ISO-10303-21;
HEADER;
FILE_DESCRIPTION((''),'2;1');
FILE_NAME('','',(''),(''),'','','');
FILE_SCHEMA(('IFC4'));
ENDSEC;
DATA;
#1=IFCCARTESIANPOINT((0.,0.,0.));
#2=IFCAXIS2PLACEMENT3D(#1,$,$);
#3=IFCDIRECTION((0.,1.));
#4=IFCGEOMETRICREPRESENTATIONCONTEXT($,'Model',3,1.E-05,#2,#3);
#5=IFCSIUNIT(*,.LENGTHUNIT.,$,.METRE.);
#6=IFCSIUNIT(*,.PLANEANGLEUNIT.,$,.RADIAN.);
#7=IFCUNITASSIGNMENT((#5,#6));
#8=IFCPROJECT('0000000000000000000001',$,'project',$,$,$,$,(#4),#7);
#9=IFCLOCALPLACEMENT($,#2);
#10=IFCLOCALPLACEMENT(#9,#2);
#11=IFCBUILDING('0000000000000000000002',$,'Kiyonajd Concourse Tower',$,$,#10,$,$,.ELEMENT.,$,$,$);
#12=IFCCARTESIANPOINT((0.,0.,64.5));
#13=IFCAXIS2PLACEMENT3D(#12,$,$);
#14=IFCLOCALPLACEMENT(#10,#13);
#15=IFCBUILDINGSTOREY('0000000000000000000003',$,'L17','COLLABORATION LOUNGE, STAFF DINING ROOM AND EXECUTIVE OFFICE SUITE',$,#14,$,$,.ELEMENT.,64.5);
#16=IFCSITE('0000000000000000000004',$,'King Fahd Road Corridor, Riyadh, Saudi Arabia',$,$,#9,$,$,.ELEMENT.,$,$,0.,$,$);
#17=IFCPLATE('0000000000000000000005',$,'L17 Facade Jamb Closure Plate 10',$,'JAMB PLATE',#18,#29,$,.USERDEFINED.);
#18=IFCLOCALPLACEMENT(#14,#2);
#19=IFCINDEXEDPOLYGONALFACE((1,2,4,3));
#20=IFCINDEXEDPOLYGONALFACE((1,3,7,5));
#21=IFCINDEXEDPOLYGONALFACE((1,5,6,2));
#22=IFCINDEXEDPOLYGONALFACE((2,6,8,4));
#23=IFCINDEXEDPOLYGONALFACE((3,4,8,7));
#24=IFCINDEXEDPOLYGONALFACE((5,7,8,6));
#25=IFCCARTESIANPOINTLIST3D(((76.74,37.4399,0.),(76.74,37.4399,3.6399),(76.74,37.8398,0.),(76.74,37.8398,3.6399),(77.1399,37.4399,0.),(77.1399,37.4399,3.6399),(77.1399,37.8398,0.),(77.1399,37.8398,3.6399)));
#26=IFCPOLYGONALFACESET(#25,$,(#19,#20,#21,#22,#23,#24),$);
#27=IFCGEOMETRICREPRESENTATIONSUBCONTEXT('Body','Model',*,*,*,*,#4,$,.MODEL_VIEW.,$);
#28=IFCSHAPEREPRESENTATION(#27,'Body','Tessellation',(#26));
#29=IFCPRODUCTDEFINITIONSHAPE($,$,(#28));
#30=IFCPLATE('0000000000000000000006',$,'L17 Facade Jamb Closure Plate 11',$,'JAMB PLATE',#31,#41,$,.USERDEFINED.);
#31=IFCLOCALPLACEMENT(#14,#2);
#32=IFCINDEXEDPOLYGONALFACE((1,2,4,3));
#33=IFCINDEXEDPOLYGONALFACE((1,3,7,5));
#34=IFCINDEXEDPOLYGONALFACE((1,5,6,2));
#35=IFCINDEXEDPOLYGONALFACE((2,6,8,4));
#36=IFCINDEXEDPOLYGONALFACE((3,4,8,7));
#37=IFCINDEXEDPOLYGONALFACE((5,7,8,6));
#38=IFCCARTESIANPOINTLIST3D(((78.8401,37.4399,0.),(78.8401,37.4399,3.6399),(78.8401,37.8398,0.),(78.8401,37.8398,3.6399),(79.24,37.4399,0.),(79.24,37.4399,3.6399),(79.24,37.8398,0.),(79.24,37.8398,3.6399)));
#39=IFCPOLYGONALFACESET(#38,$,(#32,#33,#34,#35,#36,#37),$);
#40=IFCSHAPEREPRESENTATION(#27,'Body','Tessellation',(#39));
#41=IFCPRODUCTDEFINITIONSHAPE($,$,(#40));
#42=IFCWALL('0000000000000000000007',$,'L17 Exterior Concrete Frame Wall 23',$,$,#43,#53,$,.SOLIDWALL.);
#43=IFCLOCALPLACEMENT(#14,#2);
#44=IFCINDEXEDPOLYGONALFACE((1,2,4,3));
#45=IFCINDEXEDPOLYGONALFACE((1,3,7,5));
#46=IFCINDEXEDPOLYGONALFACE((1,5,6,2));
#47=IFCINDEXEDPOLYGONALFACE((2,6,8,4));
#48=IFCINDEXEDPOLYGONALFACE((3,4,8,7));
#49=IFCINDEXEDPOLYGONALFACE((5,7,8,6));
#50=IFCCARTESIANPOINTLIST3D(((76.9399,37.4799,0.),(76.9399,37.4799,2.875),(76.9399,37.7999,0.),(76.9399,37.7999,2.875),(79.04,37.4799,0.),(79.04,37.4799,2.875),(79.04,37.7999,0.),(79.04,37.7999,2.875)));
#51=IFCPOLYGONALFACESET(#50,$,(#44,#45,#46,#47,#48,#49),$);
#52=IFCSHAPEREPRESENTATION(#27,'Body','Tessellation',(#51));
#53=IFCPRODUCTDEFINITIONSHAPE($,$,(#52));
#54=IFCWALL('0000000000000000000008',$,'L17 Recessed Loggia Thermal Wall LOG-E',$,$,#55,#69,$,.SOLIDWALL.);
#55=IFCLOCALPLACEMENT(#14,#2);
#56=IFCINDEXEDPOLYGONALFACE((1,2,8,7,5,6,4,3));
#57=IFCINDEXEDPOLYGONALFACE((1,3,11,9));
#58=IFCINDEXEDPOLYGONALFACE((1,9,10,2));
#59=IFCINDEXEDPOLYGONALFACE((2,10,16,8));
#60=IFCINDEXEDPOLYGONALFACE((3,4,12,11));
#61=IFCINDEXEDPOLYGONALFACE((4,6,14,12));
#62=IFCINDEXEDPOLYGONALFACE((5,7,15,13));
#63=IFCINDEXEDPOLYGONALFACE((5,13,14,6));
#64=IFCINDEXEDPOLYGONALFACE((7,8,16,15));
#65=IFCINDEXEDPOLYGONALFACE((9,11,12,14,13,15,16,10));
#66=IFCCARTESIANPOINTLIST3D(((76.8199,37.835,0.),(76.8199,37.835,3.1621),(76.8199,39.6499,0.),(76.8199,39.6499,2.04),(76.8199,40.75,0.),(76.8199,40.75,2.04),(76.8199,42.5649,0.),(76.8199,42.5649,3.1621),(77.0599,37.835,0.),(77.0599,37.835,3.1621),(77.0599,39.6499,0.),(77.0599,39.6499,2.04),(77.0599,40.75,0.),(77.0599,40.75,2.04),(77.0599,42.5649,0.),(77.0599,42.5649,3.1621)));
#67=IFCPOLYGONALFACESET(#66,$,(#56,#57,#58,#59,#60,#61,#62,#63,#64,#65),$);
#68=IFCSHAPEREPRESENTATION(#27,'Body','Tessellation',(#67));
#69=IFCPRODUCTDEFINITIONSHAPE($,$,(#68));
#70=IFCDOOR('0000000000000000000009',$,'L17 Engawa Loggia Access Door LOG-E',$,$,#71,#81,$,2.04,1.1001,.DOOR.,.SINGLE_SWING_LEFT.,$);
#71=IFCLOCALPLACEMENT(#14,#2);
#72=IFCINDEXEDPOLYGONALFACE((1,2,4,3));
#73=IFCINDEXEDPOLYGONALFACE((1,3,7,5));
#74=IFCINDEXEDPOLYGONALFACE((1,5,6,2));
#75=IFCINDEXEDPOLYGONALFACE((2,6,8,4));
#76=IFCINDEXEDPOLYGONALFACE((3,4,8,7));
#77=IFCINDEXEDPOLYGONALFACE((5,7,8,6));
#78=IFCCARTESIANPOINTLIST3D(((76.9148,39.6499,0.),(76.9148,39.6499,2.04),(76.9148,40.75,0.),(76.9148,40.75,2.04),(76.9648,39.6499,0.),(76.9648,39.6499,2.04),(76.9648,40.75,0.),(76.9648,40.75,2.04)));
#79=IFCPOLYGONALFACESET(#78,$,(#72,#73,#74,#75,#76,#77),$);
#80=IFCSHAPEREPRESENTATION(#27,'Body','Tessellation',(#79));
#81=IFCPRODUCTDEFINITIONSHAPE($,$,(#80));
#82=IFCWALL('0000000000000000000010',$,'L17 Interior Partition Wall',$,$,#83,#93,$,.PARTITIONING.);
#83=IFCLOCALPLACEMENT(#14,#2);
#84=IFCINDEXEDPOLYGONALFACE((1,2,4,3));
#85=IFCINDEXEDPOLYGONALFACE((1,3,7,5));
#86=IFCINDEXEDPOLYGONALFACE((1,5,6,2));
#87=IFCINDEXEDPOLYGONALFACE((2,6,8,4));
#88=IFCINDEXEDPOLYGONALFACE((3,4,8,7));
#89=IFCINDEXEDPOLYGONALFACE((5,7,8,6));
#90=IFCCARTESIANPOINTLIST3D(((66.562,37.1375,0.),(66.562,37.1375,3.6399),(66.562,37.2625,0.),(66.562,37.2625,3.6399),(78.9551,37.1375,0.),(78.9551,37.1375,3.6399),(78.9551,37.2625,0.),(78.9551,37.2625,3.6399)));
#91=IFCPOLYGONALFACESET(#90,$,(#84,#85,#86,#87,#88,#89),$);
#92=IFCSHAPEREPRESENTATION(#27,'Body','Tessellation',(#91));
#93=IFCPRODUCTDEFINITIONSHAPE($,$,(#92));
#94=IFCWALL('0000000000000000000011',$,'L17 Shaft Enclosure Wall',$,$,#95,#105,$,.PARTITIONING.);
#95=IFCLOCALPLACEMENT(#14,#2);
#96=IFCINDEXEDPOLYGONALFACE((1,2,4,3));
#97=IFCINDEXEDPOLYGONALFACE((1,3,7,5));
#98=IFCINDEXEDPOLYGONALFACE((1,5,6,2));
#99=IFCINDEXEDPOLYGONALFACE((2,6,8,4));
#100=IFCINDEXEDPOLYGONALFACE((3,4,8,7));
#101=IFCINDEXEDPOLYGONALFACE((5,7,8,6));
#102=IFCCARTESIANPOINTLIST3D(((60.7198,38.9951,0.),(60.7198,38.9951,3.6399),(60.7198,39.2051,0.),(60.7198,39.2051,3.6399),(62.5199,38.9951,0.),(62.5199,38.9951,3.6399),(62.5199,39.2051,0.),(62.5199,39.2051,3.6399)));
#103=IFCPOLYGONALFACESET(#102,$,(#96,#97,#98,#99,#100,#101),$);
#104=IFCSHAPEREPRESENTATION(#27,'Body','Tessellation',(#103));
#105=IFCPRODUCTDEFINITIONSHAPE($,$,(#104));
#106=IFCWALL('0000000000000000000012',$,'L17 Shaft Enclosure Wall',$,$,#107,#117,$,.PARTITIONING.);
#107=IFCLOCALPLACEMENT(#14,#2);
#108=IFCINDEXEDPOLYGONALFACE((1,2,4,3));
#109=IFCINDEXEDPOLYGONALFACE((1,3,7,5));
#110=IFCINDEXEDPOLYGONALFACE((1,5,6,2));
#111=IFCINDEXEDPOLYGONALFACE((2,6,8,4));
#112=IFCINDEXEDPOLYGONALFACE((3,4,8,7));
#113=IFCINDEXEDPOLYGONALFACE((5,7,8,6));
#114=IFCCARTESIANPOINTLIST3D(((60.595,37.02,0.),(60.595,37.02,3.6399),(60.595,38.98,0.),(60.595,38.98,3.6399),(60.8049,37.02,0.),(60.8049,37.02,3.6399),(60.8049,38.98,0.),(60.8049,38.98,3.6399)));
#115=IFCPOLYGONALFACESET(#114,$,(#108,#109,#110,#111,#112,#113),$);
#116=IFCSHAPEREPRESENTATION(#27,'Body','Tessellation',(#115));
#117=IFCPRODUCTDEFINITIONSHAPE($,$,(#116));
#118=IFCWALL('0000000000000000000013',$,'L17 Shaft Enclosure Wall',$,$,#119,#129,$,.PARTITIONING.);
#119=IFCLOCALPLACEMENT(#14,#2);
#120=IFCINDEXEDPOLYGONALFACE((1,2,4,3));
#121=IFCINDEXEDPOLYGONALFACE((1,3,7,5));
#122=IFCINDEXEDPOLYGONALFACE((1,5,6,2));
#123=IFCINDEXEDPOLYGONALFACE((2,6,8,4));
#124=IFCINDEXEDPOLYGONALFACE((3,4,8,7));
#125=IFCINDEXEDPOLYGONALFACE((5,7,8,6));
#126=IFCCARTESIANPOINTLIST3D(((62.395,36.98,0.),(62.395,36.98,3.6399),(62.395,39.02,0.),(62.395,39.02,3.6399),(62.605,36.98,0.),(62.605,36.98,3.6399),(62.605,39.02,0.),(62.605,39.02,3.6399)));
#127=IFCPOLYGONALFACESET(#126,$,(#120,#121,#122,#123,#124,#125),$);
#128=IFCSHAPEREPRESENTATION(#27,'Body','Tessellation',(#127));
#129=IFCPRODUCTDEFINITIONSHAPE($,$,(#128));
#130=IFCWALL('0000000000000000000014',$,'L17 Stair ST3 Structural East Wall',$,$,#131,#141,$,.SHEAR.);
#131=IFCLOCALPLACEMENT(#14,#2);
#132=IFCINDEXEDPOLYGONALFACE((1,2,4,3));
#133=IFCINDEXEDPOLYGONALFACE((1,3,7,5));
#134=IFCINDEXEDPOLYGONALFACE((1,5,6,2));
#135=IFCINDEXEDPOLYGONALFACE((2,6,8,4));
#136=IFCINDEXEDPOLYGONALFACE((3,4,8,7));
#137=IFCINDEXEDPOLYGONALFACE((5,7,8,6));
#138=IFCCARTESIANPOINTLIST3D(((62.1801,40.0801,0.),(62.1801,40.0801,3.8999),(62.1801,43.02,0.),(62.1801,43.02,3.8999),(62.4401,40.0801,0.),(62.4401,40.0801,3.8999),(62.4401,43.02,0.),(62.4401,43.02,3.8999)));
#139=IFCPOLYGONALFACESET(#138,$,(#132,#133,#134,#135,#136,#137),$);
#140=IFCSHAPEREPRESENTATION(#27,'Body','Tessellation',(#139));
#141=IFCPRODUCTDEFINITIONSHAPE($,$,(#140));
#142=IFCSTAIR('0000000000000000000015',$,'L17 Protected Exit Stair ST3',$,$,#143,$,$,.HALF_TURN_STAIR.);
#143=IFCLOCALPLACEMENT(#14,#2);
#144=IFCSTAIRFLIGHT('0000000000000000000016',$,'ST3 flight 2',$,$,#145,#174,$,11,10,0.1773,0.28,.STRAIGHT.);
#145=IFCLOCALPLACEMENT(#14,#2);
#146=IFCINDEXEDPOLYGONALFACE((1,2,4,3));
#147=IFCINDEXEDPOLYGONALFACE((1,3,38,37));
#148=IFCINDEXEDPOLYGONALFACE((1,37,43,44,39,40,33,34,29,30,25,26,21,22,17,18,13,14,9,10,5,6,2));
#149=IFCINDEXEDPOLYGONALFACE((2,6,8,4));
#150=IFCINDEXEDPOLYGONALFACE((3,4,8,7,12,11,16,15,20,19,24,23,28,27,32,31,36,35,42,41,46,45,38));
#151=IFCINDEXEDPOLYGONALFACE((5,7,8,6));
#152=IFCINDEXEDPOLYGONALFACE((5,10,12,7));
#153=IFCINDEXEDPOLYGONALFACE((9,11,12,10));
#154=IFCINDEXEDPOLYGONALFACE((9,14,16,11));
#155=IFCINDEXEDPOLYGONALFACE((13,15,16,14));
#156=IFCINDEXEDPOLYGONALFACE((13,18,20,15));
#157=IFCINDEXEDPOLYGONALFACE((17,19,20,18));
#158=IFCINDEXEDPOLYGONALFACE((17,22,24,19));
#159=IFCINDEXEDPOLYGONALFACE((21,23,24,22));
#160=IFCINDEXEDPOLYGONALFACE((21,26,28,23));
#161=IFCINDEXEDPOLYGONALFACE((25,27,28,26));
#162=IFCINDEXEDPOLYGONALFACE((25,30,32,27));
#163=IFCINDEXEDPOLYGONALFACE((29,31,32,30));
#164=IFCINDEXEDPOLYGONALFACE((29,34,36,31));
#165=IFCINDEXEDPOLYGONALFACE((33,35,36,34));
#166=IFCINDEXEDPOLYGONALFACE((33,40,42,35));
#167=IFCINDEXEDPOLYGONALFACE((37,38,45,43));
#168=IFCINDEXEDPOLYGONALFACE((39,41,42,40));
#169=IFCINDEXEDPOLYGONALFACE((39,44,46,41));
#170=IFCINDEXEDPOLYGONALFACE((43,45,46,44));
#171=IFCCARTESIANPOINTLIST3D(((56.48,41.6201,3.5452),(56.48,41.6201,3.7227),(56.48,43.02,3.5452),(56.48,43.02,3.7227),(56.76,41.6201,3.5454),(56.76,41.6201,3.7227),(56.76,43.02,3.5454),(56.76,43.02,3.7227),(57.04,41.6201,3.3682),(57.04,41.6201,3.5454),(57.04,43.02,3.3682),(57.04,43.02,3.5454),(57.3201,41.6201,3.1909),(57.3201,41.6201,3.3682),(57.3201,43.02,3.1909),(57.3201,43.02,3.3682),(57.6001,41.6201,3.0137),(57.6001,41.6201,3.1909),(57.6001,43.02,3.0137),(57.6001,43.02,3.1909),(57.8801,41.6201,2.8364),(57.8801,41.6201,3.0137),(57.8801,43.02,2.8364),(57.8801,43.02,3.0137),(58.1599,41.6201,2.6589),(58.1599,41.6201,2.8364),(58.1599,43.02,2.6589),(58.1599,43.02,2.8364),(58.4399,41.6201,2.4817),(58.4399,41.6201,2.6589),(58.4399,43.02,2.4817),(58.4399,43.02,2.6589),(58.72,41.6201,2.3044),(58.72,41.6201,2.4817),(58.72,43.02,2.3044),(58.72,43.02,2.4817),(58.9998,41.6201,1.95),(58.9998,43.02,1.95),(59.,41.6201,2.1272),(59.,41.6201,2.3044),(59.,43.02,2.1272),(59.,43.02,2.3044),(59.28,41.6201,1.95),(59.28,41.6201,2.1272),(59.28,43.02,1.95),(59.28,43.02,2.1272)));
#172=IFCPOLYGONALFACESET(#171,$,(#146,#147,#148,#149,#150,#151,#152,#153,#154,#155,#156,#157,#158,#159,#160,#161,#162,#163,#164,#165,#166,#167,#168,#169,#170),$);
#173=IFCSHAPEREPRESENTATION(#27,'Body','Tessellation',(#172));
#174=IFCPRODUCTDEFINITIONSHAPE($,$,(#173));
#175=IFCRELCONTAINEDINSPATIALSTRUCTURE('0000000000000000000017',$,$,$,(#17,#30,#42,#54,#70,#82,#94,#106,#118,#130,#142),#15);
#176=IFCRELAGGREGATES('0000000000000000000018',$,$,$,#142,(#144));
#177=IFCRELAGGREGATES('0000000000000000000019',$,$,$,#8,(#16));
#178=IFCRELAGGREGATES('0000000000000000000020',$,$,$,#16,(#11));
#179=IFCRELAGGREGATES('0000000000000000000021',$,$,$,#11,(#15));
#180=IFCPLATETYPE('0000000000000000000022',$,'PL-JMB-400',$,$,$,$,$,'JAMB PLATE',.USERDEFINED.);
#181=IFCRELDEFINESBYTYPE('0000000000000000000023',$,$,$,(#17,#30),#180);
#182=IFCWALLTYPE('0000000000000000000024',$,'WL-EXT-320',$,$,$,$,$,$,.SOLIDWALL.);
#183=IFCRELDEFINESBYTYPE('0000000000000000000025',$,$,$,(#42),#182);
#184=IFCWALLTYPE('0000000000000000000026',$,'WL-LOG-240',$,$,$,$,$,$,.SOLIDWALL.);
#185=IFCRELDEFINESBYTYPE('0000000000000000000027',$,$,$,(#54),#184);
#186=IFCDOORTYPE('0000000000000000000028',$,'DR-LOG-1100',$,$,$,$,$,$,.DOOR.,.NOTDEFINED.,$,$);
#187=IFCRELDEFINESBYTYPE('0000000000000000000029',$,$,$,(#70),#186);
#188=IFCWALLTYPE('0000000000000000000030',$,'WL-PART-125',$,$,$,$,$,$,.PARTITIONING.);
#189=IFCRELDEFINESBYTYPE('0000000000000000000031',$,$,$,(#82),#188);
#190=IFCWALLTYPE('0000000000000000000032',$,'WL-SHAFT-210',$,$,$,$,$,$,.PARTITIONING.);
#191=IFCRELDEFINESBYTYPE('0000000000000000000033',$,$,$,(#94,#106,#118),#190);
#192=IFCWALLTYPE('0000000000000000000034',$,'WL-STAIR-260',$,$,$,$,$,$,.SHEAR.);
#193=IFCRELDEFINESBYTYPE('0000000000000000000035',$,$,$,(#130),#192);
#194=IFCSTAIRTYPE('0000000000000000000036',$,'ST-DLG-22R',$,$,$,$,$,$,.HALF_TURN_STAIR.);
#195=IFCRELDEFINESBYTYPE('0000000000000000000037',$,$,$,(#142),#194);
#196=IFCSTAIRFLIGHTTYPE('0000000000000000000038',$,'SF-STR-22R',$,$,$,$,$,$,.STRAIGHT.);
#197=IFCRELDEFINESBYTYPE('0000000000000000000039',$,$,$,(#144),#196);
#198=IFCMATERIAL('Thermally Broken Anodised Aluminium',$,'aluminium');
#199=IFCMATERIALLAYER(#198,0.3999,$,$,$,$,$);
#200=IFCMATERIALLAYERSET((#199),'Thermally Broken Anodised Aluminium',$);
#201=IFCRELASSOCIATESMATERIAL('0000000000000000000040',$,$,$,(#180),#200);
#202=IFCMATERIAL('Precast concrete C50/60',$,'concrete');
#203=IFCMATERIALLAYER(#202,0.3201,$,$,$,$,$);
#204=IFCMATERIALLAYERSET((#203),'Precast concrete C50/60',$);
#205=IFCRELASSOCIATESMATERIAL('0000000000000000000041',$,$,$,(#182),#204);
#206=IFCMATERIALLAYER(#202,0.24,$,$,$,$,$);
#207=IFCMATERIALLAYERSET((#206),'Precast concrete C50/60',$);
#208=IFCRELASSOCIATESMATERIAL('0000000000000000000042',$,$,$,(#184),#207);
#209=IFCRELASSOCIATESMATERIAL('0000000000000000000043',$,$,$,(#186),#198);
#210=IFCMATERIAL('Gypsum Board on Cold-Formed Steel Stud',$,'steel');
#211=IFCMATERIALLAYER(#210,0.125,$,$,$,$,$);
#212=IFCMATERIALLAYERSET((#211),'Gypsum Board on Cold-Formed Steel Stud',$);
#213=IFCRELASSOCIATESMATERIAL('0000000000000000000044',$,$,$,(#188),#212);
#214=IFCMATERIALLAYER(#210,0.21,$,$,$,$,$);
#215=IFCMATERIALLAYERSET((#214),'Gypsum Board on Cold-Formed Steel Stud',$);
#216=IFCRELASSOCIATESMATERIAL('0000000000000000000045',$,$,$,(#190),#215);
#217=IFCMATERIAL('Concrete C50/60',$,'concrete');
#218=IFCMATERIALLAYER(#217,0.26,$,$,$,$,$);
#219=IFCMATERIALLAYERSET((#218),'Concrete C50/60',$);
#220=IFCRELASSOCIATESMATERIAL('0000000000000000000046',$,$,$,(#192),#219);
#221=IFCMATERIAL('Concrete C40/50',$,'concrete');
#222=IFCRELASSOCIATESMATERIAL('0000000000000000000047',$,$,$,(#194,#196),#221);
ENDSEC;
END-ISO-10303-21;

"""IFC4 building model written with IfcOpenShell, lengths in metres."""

from ifc_helpers import new_model, si_unit, direction, frame, frame_2d, origin, origin_2d, place, context, subcontext, project, spatial, polyline, rectangle, outline, extrude, material, layer, layer_set, type_object, element, fill, aggregate, save


model = new_model("IFC4")

# Units and contexts
model_context = context("Model", 3, precision=1e-05, world=origin(), true_north=direction((0.0, 1.0)))
body_context = subcontext(model_context, "Body", "Model", "MODEL_VIEW")
ifc_project = project(units=[si_unit("LENGTHUNIT", "METRE"), si_unit("PLANEANGLEUNIT", "RADIAN")], contexts=[model_context])

# Site, building, storey
site_placement = place(None, origin())
site = spatial("IfcSite", under=ifc_project, at=site_placement, Name="King Fahd Road Corridor, Riyadh, Saudi Arabia", CompositionType="ELEMENT", RefElevation=0.0)
building_placement = place(site_placement, origin())
building = spatial("IfcBuilding", under=site, at=building_placement, Name="Kiyonajd Concourse Tower", CompositionType="ELEMENT")
storey_placement = place(building_placement, frame((0.0, 0.0, 64.5)))
storey = spatial("IfcBuildingStorey", under=building, at=storey_placement, Name="L17", Description="COLLABORATION LOUNGE, STAFF DINING ROOM AND EXECUTIVE OFFICE SUITE", CompositionType="ELEMENT", Elevation=64.5)

# Shared definitions
ifc_material_1 = material(Name="Precast concrete C50/60", Category="concrete")

# Shared definitions
ifc_material_2 = material(Name="Thermally Broken Anodised Aluminium", Category="aluminium")

# Plates
ifc_layer_1 = layer(ifc_material_2, 0.3999)
ifc_layer_set_1 = layer_set([ifc_layer_1], Name="Thermally Broken Anodised Aluminium")
plate_type_1 = type_object("IfcPlateType", Name="PL-JMB-400", ElementType="JAMB PLATE", PredefinedType="USERDEFINED", material=ifc_layer_set_1)
for number, where, z_axis, x_axis, name in (
    (1, (76.9399, 37.6399, 0.0), (0.0, 0.0, 1.0), (1.0, 0.0, 0.0), "L17 Facade Jamb Closure Plate 10"),
    (2, (79.04, 37.6399, 0.0), (0.0, 0.0, 1.0), (1.0, 0.0, 0.0), "L17 Facade Jamb Closure Plate 11"),
):
    element("IfcPlate", number, at=place(storey_placement, frame(where, z_axis=z_axis, x_axis=x_axis)), inside=storey, type_object=plate_type_1, Name=name, ObjectType="JAMB PLATE", PredefinedType="USERDEFINED", context=body_context, shape_type="SweptSolid", body=[
        extrude(rectangle(XDim=0.3999, YDim=0.3999, at=origin_2d()), origin(), (0.0, 0.0, 1.0), 3.6399),
    ])

# Wall
ifc_layer_2 = layer(ifc_material_1, 0.3201)
ifc_layer_set_2 = layer_set([ifc_layer_2], Name="Precast concrete C50/60")
wall_type_1 = type_object("IfcWallType", Name="WL-EXT-320", PredefinedType="SOLIDWALL", material=ifc_layer_set_2)
wall_1_placement = place(storey_placement, frame((76.9399, 37.6399, 0.0), z_axis=(0.0, 0.0, 1.0), x_axis=(1.0, 0.0, 0.0)))
element("IfcWall", 3, at=wall_1_placement, inside=storey, type_object=wall_type_1, Name="L17 Exterior Concrete Frame Wall 23", PredefinedType="SOLIDWALL", context=body_context, shape_type="SweptSolid", body=[
    extrude(rectangle(XDim=2.1001, YDim=0.3201, at=frame_2d((1.05, 0.0))), origin(), (0.0, 0.0, 1.0), 2.875),
])

# Wall, opening, door
ifc_layer_3 = layer(ifc_material_1, 0.24)
ifc_layer_set_3 = layer_set([ifc_layer_3], Name="Precast concrete C50/60")
wall_type_2 = type_object("IfcWallType", Name="WL-LOG-240", PredefinedType="SOLIDWALL", material=ifc_layer_set_3)
wall_2_placement = place(storey_placement, frame((76.9399, 42.5649, 0.0), z_axis=(0.0, 0.0, 1.0), x_axis=(0.0, -1.0, 0.0)))
wall_2 = element("IfcWall", 4, at=wall_2_placement, inside=storey, type_object=wall_type_2, Name="L17 Recessed Loggia Thermal Wall LOG-E", PredefinedType="SOLIDWALL", context=body_context, shape_type="SweptSolid", body=[
    extrude(rectangle(XDim=4.73, YDim=0.24, at=frame_2d((2.365, 0.0))), origin(), (0.0, 0.0, 1.0), 3.1621),
])
opening_placement = place(wall_2_placement, frame((1.8149, 0.0, 0.0)))
opening = element("IfcOpeningElement", 5, at=opening_placement, cuts=wall_2, PredefinedType="OPENING", context=body_context, shape_type="SweptSolid", body=[
    extrude(rectangle(XDim=1.1001, YDim=2.04, at=frame_2d((0.55, 1.02))), frame((0.0, 0.1299, 0.0), z_axis=(0.0, -1.0, 0.0), x_axis=(1.0, 0.0, 0.0)), (0.0, 0.0, 1.0), 0.26),
])
door_type = type_object("IfcDoorType", Name="DR-LOG-1100", OperationType="NOTDEFINED", PredefinedType="DOOR", material=ifc_material_2)
door_placement = place(opening_placement, origin())
door = element("IfcDoor", 6, at=door_placement, inside=storey, type_object=door_type, Name="L17 Engawa Loggia Access Door LOG-E", OperationType="SINGLE_SWING_LEFT", OverallHeight=2.04, OverallWidth=1.1001, PredefinedType="DOOR", context=body_context, shape_type="SweptSolid", body=[
    extrude(rectangle(XDim=1.1001, YDim=2.04, at=frame_2d((0.55, 1.02))), frame((0.0, 0.0249, 0.0), z_axis=(0.0, -1.0, 0.0), x_axis=(1.0, 0.0, 0.0)), (0.0, 0.0, 1.0), 0.05),
])
fill(opening, door)

# Walls
ifc_material_3 = material(Name="Gypsum Board on Cold-Formed Steel Stud", Category="steel")
ifc_layer_4 = layer(ifc_material_3, 0.125)
ifc_layer_set_4 = layer_set([ifc_layer_4], Name="Gypsum Board on Cold-Formed Steel Stud")
wall_type_3 = type_object("IfcWallType", Name="WL-PART-125", PredefinedType="PARTITIONING", material=ifc_layer_set_4)
wall_3_placement = place(storey_placement, frame((66.562, 37.2, 0.0), z_axis=(0.0, 0.0, 1.0), x_axis=(1.0, 0.0, 0.0)))
element("IfcWall", 7, at=wall_3_placement, inside=storey, type_object=wall_type_3, Name="L17 Interior Partition Wall", PredefinedType="PARTITIONING", context=body_context, shape_type="SweptSolid", body=[
    extrude(rectangle(XDim=12.3931, YDim=0.125, at=frame_2d((6.1965, 0.0))), origin(), (0.0, 0.0, 1.0), 3.6399),
])
ifc_layer_5 = layer(ifc_material_3, 0.21)
ifc_layer_set_5 = layer_set([ifc_layer_5], Name="Gypsum Board on Cold-Formed Steel Stud")
wall_type_4 = type_object("IfcWallType", Name="WL-SHAFT-210", PredefinedType="PARTITIONING", material=ifc_layer_set_5)
wall_4_placement = place(storey_placement, frame((60.72, 39.1001, 0.0), z_axis=(0.0, 0.0, 1.0), x_axis=(1.0, 0.0, 0.0)))
element("IfcWall", 8, at=wall_4_placement, inside=storey, type_object=wall_type_4, Name="L17 Shaft Enclosure Wall", PredefinedType="PARTITIONING", context=body_context, shape_type="SweptSolid", body=[
    extrude(rectangle(XDim=1.8, YDim=0.21, at=frame_2d((0.8999, 0.0))), origin(), (0.0, 0.0, 1.0), 3.6399),
])
wall_5_placement = place(storey_placement, frame((60.7, 37.02, 0.0), z_axis=(0.0, 0.0, 1.0), x_axis=(0.0, 1.0, 0.0)))
element("IfcWall", 9, at=wall_5_placement, inside=storey, type_object=wall_type_4, Name="L17 Shaft Enclosure Wall", PredefinedType="PARTITIONING", context=body_context, shape_type="SweptSolid", body=[
    extrude(rectangle(XDim=1.96, YDim=0.21, at=frame_2d((0.98, 0.0))), origin(), (0.0, 0.0, 1.0), 3.6399),
])
wall_6_placement = place(storey_placement, frame((62.5, 36.98, 0.0), z_axis=(0.0, 0.0, 1.0), x_axis=(0.0, 1.0, 0.0)))
element("IfcWall", 10, at=wall_6_placement, inside=storey, type_object=wall_type_4, Name="L17 Shaft Enclosure Wall", PredefinedType="PARTITIONING", context=body_context, shape_type="SweptSolid", body=[
    extrude(rectangle(XDim=2.04, YDim=0.21, at=frame_2d((1.02, 0.0))), origin(), (0.0, 0.0, 1.0), 3.6399),
])
ifc_material_4 = material(Name="Concrete C50/60", Category="concrete")
ifc_layer_6 = layer(ifc_material_4, 0.26)
ifc_layer_set_6 = layer_set([ifc_layer_6], Name="Concrete C50/60")
wall_type_5 = type_object("IfcWallType", Name="WL-STAIR-260", PredefinedType="SHEAR", material=ifc_layer_set_6)
wall_7_placement = place(storey_placement, frame((62.3101, 40.0801, 0.0), z_axis=(0.0, 0.0, 1.0), x_axis=(0.0, 1.0, 0.0)))
element("IfcWall", 11, at=wall_7_placement, inside=storey, type_object=wall_type_5, Name="L17 Stair ST3 Structural East Wall", PredefinedType="SHEAR", context=body_context, shape_type="SweptSolid", body=[
    extrude(rectangle(XDim=2.9399, YDim=0.26, at=frame_2d((1.47, 0.0))), origin(), (0.0, 0.0, 1.0), 3.8999),
])

# Stair, stair flight
ifc_material_5 = material(Name="Concrete C40/50", Category="concrete")
stair_type = type_object("IfcStairType", Name="ST-DLG-22R", PredefinedType="HALF_TURN_STAIR", material=ifc_material_5)
stair_placement = place(storey_placement, origin())
stair = element("IfcStair", 12, at=stair_placement, inside=storey, type_object=stair_type, Name="L17 Protected Exit Stair ST3", PredefinedType="HALF_TURN_STAIR")
stair_flight_type = type_object("IfcStairFlightType", Name="SF-STR-22R", PredefinedType="STRAIGHT", material=ifc_material_5)
stair_flight_placement = place(storey_placement, frame((59.28, 42.3201, 1.95), z_axis=(0.0, 0.0, 1.0), x_axis=(-1.0, 0.0, 0.0)))
stair_flight = element("IfcStairFlight", 13, at=stair_flight_placement, type_object=stair_flight_type, Name="ST3 flight 2", NumberOfRisers=11, NumberOfTreads=10, PredefinedType="STRAIGHT", RiserHeight=0.1773, TreadLength=0.28, context=body_context, shape_type="SweptSolid", body=[
    extrude(outline(polyline([(0.0, 0.0), (0.0, 0.1772), (0.28, 0.1772), (0.28, 0.3545), (0.5601, 0.3545), (0.5601, 0.5317), (0.8401, 0.5317), (0.8401, 0.709), (1.1201, 0.709), (1.1201, 0.8865), (1.3999, 0.8865), (1.3999, 1.0637), (1.6799, 1.0637), (1.6799, 1.241), (1.96, 1.241), (1.96, 1.4182), (2.24, 1.4182), (2.24, 1.5955), (2.52, 1.5955), (2.52, 1.7727), (2.8, 1.7727), (2.8, 1.95), (2.8, 1.5952), (0.2803, 0.0), (0.0, 0.0)])), frame((0.0, 0.7, 0.0), z_axis=(0.0, -1.0, 0.0), x_axis=(1.0, 0.0, 0.0)), (0.0, 0.0, 1.0), 1.3999),
])
aggregate(stair, [stair_flight])

save(model, "model.ifc")
